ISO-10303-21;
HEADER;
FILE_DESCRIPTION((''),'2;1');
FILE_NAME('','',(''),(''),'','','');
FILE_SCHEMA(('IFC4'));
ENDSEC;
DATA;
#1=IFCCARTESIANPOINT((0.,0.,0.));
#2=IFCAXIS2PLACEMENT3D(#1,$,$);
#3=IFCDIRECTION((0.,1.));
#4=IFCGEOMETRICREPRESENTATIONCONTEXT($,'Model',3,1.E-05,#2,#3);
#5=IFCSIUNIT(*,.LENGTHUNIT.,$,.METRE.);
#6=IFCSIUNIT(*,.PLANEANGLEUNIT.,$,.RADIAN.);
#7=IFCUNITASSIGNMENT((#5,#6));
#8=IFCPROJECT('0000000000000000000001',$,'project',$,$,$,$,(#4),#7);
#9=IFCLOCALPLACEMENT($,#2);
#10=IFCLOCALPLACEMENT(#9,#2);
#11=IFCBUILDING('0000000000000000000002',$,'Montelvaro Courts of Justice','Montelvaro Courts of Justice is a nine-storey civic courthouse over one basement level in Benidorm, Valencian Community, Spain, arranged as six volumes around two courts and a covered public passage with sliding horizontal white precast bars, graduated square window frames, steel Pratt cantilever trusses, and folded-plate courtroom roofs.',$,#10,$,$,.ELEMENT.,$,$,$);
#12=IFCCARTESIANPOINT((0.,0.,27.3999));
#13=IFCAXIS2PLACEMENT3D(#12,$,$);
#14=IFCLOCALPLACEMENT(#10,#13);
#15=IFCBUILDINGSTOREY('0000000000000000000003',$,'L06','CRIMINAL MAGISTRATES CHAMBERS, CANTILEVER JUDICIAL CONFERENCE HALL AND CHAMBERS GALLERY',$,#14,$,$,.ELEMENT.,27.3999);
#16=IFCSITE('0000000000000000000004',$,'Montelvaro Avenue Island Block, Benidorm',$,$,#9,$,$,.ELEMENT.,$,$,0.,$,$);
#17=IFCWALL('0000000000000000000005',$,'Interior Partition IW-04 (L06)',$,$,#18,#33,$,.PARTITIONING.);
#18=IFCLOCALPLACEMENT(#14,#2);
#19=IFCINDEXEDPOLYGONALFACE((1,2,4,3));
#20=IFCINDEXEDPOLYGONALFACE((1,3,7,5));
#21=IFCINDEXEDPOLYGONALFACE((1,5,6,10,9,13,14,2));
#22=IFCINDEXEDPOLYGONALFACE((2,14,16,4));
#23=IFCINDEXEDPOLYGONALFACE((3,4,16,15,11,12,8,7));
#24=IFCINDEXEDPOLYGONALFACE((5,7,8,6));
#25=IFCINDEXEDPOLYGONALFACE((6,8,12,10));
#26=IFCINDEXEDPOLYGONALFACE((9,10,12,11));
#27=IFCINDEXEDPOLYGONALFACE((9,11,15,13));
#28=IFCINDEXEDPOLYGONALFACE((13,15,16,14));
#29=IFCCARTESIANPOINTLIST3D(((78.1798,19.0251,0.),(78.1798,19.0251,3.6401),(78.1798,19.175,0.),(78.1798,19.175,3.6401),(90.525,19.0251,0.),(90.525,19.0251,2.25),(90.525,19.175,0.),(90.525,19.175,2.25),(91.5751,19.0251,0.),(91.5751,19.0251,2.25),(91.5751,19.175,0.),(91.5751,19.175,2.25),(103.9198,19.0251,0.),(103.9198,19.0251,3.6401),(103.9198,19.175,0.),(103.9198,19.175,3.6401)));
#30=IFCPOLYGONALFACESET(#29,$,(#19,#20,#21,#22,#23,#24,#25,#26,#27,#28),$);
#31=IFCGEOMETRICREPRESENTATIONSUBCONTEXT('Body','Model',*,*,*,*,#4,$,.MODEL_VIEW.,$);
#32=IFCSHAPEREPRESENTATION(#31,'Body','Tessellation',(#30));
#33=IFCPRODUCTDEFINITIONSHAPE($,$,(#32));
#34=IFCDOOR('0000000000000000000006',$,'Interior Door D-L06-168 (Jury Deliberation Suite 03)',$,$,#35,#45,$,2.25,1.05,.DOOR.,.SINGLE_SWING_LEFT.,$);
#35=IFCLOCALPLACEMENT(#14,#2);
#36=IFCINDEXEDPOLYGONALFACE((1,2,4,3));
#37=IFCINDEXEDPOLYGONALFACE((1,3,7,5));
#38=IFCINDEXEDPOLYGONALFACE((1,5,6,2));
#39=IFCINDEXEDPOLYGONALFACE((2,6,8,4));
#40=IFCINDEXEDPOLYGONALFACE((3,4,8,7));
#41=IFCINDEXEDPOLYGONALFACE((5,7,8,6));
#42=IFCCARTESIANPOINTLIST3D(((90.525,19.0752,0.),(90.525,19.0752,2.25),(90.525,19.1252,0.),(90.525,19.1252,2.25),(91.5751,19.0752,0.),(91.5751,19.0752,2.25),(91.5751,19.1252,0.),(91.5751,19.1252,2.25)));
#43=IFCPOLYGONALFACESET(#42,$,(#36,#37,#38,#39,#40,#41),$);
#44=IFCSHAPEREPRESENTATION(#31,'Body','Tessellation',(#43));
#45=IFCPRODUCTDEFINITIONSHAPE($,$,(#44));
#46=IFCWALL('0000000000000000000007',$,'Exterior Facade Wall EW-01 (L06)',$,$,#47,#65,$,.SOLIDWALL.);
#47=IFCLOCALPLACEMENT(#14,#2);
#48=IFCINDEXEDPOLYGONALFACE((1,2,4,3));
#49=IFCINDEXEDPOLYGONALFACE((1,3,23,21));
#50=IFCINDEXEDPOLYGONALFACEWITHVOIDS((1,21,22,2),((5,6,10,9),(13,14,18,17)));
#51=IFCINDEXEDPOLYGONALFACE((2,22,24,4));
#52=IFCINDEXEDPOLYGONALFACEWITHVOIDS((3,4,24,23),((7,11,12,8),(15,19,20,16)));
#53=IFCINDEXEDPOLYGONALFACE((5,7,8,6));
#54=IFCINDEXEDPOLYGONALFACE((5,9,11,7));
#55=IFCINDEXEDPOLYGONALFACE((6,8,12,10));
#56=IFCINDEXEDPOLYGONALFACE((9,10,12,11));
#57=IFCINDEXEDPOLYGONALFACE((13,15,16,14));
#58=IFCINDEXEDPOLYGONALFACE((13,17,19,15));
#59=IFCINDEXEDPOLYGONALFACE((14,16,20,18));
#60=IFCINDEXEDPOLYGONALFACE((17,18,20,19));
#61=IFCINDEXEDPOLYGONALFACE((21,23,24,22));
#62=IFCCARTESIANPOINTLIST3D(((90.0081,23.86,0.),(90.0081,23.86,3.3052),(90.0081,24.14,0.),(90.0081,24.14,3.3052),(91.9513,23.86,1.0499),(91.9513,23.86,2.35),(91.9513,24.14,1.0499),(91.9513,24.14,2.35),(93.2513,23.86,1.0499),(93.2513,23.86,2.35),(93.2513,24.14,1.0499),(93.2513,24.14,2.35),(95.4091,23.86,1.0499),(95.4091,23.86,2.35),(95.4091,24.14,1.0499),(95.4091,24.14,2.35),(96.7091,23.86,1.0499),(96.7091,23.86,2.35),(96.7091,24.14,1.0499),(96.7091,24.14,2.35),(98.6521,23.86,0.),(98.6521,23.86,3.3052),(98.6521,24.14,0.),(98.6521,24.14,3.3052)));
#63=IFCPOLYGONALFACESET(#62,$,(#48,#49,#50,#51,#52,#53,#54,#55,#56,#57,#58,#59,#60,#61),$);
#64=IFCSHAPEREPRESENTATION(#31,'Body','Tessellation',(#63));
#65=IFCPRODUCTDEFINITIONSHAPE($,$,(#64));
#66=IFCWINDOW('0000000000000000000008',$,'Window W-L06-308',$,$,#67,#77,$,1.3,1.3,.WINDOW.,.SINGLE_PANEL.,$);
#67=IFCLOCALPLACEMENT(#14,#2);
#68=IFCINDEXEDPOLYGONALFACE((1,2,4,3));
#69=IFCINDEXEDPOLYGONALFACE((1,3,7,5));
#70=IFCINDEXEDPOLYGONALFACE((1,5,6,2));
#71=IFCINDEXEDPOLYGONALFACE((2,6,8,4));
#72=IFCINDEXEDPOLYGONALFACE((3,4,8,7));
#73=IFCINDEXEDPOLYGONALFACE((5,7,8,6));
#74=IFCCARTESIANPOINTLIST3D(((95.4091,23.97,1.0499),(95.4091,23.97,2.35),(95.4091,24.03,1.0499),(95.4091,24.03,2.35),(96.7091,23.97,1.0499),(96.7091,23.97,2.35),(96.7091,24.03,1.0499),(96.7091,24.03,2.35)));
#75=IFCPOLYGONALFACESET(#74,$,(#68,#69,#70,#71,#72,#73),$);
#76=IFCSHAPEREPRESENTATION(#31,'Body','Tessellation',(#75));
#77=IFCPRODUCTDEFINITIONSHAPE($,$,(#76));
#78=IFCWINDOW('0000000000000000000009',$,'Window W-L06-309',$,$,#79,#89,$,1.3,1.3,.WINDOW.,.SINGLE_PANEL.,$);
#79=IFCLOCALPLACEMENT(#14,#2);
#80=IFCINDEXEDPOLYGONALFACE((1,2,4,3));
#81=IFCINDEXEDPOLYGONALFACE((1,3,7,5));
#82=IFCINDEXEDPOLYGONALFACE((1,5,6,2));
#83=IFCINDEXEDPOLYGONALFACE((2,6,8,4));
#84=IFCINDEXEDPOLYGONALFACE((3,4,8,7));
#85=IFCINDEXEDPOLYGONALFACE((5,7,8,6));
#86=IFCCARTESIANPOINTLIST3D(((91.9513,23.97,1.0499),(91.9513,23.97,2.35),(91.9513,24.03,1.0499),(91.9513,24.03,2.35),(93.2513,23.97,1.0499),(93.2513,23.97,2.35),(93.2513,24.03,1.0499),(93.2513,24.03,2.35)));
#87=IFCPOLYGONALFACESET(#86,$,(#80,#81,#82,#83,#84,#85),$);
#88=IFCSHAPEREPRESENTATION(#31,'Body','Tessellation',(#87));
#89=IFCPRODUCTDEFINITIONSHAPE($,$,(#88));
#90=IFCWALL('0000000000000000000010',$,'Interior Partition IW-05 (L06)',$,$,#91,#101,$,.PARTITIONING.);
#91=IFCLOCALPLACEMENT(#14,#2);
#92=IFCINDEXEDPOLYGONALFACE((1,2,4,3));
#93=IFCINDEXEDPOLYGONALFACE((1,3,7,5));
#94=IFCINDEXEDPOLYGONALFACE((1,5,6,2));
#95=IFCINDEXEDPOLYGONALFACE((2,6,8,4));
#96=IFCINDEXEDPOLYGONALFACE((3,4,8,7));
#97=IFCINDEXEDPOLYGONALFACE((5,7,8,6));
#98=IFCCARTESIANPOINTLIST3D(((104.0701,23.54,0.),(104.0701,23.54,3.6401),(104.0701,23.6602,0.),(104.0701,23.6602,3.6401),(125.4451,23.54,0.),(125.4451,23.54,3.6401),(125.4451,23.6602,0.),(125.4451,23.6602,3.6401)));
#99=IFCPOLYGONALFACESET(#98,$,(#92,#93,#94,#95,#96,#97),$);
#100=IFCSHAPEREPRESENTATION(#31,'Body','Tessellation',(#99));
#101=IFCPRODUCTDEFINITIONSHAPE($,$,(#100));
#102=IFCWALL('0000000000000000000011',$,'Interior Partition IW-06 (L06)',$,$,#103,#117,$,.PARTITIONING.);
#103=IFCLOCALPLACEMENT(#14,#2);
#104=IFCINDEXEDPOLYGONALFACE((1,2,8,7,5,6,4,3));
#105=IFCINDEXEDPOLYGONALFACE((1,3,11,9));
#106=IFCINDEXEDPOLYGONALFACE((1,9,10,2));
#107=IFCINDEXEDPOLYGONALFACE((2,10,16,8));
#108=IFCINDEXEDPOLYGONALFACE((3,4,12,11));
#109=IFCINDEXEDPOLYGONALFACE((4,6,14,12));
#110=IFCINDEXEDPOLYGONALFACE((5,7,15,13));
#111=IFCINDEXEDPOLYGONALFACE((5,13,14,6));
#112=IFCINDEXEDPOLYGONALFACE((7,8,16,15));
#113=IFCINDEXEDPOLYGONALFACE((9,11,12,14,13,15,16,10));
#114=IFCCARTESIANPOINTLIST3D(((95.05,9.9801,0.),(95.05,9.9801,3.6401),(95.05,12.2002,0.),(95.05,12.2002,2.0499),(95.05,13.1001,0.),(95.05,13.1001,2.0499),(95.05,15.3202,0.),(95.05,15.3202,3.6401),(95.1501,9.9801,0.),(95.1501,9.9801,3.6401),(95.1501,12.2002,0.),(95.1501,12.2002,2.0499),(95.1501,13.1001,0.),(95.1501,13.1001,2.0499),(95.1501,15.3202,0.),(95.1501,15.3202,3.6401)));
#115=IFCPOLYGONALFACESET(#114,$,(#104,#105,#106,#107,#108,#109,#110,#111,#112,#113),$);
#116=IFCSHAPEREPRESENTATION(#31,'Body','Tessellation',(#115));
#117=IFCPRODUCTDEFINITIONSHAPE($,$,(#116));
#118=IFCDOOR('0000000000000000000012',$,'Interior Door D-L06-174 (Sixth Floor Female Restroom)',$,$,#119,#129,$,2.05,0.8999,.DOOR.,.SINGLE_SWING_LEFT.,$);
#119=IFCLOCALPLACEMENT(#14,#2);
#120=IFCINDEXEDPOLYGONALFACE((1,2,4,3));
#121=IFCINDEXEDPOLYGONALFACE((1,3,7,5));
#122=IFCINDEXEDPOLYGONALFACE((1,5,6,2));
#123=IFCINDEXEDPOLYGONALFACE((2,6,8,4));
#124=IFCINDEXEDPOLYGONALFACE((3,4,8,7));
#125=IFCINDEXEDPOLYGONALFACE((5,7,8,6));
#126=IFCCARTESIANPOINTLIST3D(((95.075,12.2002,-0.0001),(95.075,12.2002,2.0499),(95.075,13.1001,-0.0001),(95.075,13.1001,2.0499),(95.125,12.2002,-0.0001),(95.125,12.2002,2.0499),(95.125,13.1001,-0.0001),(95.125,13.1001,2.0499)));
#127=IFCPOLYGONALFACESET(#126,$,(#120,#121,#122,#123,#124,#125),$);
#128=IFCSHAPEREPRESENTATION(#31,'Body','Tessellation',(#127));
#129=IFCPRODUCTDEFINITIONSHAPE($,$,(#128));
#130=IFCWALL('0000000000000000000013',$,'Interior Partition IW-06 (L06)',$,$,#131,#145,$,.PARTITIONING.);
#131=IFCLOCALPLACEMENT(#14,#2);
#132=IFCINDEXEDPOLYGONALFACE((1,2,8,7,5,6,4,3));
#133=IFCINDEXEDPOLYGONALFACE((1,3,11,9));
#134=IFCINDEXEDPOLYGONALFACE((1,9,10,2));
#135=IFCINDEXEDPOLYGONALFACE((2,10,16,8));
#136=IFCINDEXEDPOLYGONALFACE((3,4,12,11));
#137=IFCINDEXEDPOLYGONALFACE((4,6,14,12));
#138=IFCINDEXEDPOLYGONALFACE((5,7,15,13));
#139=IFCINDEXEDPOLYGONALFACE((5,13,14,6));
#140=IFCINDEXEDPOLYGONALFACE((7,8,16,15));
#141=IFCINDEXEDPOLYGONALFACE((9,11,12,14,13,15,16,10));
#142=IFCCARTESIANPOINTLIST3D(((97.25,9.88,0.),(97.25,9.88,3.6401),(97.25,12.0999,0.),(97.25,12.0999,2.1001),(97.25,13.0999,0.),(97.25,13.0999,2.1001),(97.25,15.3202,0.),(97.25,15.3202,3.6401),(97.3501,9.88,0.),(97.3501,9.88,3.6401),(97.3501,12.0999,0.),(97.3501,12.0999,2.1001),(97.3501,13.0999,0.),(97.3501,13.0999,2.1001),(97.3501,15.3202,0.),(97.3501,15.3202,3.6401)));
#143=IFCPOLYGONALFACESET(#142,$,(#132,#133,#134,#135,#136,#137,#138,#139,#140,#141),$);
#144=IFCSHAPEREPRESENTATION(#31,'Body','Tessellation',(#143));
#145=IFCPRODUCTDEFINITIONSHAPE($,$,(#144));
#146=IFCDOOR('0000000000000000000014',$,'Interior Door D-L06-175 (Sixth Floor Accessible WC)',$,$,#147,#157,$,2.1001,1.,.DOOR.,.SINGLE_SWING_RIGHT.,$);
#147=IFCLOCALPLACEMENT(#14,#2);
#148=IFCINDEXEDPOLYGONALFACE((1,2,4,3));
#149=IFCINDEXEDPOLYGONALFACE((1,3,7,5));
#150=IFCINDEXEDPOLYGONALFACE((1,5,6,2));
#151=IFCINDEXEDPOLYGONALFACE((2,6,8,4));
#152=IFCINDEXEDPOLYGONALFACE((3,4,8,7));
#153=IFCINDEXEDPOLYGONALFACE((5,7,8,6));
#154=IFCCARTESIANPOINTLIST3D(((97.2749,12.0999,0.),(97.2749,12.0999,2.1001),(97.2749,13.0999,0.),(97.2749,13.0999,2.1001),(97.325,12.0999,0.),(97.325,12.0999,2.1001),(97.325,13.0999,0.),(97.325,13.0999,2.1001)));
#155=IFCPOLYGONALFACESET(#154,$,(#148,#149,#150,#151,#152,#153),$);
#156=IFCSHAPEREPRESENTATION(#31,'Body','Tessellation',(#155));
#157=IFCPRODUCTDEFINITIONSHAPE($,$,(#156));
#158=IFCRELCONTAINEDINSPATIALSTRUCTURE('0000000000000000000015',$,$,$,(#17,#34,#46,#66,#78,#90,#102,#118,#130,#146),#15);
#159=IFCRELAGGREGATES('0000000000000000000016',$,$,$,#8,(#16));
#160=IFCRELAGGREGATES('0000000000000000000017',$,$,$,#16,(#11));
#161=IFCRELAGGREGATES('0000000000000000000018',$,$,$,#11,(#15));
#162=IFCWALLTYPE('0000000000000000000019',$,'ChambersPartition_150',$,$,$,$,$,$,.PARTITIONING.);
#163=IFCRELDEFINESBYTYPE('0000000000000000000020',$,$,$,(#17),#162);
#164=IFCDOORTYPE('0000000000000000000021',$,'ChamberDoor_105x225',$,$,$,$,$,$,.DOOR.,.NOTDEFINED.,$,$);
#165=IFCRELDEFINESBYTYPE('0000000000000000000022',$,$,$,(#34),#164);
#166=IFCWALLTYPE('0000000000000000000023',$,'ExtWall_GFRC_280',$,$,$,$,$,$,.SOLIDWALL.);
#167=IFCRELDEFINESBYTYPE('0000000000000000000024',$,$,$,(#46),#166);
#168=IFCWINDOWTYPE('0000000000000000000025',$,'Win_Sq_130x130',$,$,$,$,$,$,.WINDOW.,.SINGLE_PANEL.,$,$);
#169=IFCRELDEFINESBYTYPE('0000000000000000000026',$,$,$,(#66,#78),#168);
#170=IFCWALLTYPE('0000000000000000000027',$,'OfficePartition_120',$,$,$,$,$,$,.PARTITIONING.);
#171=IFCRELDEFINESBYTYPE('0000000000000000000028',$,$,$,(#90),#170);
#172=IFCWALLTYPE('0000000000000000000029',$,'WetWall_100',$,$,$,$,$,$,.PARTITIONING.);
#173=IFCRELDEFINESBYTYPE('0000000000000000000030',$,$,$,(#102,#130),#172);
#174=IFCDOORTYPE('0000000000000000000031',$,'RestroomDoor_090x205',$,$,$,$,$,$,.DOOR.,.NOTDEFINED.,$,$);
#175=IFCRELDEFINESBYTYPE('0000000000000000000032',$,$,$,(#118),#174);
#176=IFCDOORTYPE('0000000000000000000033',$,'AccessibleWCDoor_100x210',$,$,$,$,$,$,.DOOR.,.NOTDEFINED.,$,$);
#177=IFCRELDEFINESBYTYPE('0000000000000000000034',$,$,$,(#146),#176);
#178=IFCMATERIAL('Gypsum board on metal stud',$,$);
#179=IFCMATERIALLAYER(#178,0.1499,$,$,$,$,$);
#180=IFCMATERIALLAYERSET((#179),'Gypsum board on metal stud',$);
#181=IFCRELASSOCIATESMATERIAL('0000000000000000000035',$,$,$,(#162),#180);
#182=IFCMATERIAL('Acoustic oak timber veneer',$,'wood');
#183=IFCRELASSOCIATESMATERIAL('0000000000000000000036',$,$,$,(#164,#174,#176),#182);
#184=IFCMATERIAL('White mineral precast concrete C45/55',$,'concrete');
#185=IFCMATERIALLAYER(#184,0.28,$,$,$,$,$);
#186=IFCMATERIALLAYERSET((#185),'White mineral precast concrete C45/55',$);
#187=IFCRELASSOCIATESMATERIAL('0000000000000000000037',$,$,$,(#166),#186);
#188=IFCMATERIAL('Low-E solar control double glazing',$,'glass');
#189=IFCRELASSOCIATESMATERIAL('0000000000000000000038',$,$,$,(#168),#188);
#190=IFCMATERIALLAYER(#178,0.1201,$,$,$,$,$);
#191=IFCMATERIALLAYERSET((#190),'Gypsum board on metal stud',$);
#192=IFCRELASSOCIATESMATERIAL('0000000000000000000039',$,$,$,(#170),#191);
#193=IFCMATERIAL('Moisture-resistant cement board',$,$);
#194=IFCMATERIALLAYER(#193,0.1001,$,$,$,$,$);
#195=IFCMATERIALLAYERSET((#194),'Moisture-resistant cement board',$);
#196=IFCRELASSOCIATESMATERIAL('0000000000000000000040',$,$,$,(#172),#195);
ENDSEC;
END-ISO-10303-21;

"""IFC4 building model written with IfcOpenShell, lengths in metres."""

from ifc_helpers import new_model, si_unit, direction, frame, frame_2d, origin, place, context, subcontext, project, spatial, rectangle, extrude, material, layer, layer_set, type_object, element, fill, save


model = new_model("IFC4")

# Units and contexts
model_context = context("Model", 3, precision=1e-05, world=origin(), true_north=direction((0.0, 1.0)))
body_context = subcontext(model_context, "Body", "Model", "MODEL_VIEW")
ifc_project = project(units=[si_unit("LENGTHUNIT", "METRE"), si_unit("PLANEANGLEUNIT", "RADIAN")], contexts=[model_context])

# Site, building, storey
site_placement = place(None, origin())
site = spatial("IfcSite", under=ifc_project, at=site_placement, Name="Montelvaro Avenue Island Block, Benidorm", CompositionType="ELEMENT", RefElevation=0.0)
building_placement = place(site_placement, origin())
building = spatial("IfcBuilding", under=site, at=building_placement, Name="Montelvaro Courts of Justice", Description="Montelvaro Courts of Justice is a nine-storey civic courthouse over one basement level in Benidorm, Valencian Community, Spain, arranged as six volumes around two courts and a covered public passage with sliding horizontal white precast bars, graduated square window frames, steel Pratt cantilever trusses, and folded-plate courtroom roofs.", CompositionType="ELEMENT")
storey_placement = place(building_placement, frame((0.0, 0.0, 27.3999)))
storey = spatial("IfcBuildingStorey", under=building, at=storey_placement, Name="L06", Description="CRIMINAL MAGISTRATES CHAMBERS, CANTILEVER JUDICIAL CONFERENCE HALL AND CHAMBERS GALLERY", CompositionType="ELEMENT", Elevation=27.3999)

# Shared definitions
ifc_material_1 = material(Name="White mineral precast concrete C45/55", Category="concrete")

# Shared definitions
ifc_material_2 = material(Name="Gypsum board on metal stud")
ifc_layer_1 = layer(ifc_material_2, 0.1499)
ifc_layer_set_1 = layer_set([ifc_layer_1], Name="Gypsum board on metal stud")
wall_type_1 = type_object("IfcWallType", Name="ChambersPartition_150", PredefinedType="PARTITIONING", material=ifc_layer_set_1)

# Wall, opening, door
wall_1_placement = place(storey_placement, frame((103.9199, 19.1001, 0.0), z_axis=(0.0, 0.0, 1.0), x_axis=(-1.0, 0.0, 0.0)))
wall_1 = element("IfcWall", 1, at=wall_1_placement, inside=storey, type_object=wall_type_1, Name="Interior Partition IW-04 (L06)", PredefinedType="PARTITIONING", context=body_context, shape_type="SweptSolid", body=[
    extrude(rectangle(XDim=25.74, YDim=0.1499, at=frame_2d((12.8701, 0.0))), origin(), (0.0, 0.0, 1.0), 3.6401),
])
opening_1_placement = place(wall_1_placement, frame((12.345, 0.0, 0.0)))
opening_1 = element("IfcOpeningElement", 2, at=opening_1_placement, cuts=wall_1, PredefinedType="OPENING", context=body_context, shape_type="SweptSolid", body=[
    extrude(rectangle(XDim=1.05, YDim=2.25, at=frame_2d((0.5249, 1.125))), frame((0.0, 0.0898, 0.0), z_axis=(0.0, -1.0, 0.0), x_axis=(1.0, 0.0, 0.0)), (0.0, 0.0, 1.0), 0.1797),
])
ifc_material_3 = material(Name="Acoustic oak timber veneer", Category="wood")
door_type_1 = type_object("IfcDoorType", Name="ChamberDoor_105x225", OperationType="NOTDEFINED", PredefinedType="DOOR", material=ifc_material_3)
door_1_placement = place(opening_1_placement, origin())
door_1 = element("IfcDoor", 3, at=door_1_placement, inside=storey, type_object=door_type_1, Name="Interior Door D-L06-168 (Jury Deliberation Suite 03)", OperationType="SINGLE_SWING_LEFT", OverallHeight=2.25, OverallWidth=1.05, PredefinedType="DOOR", context=body_context, shape_type="SweptSolid", body=[
    extrude(rectangle(XDim=1.05, YDim=2.25, at=frame_2d((0.5249, 1.125))), frame((0.0, 0.0249, 0.0), z_axis=(0.0, -1.0, 0.0), x_axis=(1.0, 0.0, 0.0)), (0.0, 0.0, 1.0), 0.05),
])
fill(opening_1, door_1)

# Wall, openings, windows
ifc_layer_2 = layer(ifc_material_1, 0.28)
ifc_layer_set_2 = layer_set([ifc_layer_2], Name="White mineral precast concrete C45/55")
wall_type_2 = type_object("IfcWallType", Name="ExtWall_GFRC_280", PredefinedType="SOLIDWALL", material=ifc_layer_set_2)
wall_2_placement = place(storey_placement, frame((98.6521, 24.0, 0.0), z_axis=(0.0, 0.0, 1.0), x_axis=(-1.0, 0.0, 0.0)))
wall_2 = element("IfcWall", 4, at=wall_2_placement, inside=storey, type_object=wall_type_2, Name="Exterior Facade Wall EW-01 (L06)", PredefinedType="SOLIDWALL", context=body_context, shape_type="SweptSolid", body=[
    extrude(rectangle(XDim=8.644, YDim=0.28, at=frame_2d((4.322, 0.0))), origin(), (0.0, 0.0, 1.0), 3.3052),
])
opening_2_placement = place(wall_2_placement, frame((1.9431, 0.0, 1.05)))
opening_2 = element("IfcOpeningElement", 5, at=opening_2_placement, cuts=wall_2, PredefinedType="OPENING", context=body_context, shape_type="SweptSolid", body=[
    extrude(rectangle(XDim=1.3, YDim=1.3, at=frame_2d((0.6499, 0.6499))), frame((0.0, 0.1548, 0.0), z_axis=(0.0, -1.0, 0.0), x_axis=(1.0, 0.0, 0.0)), (0.0, 0.0, 1.0), 0.3098),
])
opening_3_placement = place(wall_2_placement, frame((5.4009, 0.0, 1.05)))
opening_3 = element("IfcOpeningElement", 6, at=opening_3_placement, cuts=wall_2, PredefinedType="OPENING", context=body_context, shape_type="SweptSolid", body=[
    extrude(rectangle(XDim=1.3, YDim=1.3, at=frame_2d((0.6499, 0.6499))), frame((0.0, 0.1548, 0.0), z_axis=(0.0, -1.0, 0.0), x_axis=(1.0, 0.0, 0.0)), (0.0, 0.0, 1.0), 0.3098),
])
ifc_material_4 = material(Name="Low-E solar control double glazing", Category="glass")
window_type = type_object("IfcWindowType", Name="Win_Sq_130x130", PartitioningType="SINGLE_PANEL", PredefinedType="WINDOW", material=ifc_material_4)
window_1_placement = place(opening_2_placement, origin())
window_1 = element("IfcWindow", 7, at=window_1_placement, inside=storey, type_object=window_type, Name="Window W-L06-308", OverallHeight=1.3, OverallWidth=1.3, PartitioningType="SINGLE_PANEL", PredefinedType="WINDOW", context=body_context, shape_type="SweptSolid", body=[
    extrude(rectangle(XDim=1.3, YDim=1.3, at=frame_2d((0.6499, 0.6499))), frame((0.0, 0.03, 0.0), z_axis=(0.0, -1.0, 0.0), x_axis=(1.0, 0.0, 0.0)), (0.0, 0.0, 1.0), 0.0601),
])
fill(opening_2, window_1)
window_2_placement = place(opening_3_placement, origin())
window_2 = element("IfcWindow", 8, at=window_2_placement, inside=storey, type_object=window_type, Name="Window W-L06-309", OverallHeight=1.3, OverallWidth=1.3, PartitioningType="SINGLE_PANEL", PredefinedType="WINDOW", context=body_context, shape_type="SweptSolid", body=[
    extrude(rectangle(XDim=1.3, YDim=1.3, at=frame_2d((0.6499, 0.6499))), frame((0.0, 0.03, 0.0), z_axis=(0.0, -1.0, 0.0), x_axis=(1.0, 0.0, 0.0)), (0.0, 0.0, 1.0), 0.0601),
])
fill(opening_3, window_2)

# Wall
ifc_layer_3 = layer(ifc_material_2, 0.1201)
ifc_layer_set_3 = layer_set([ifc_layer_3], Name="Gypsum board on metal stud")
wall_type_3 = type_object("IfcWallType", Name="OfficePartition_120", PredefinedType="PARTITIONING", material=ifc_layer_set_3)
wall_3_placement = place(storey_placement, frame((104.0701, 23.6001, 0.0), z_axis=(0.0, 0.0, 1.0), x_axis=(1.0, 0.0, 0.0)))
element("IfcWall", 9, at=wall_3_placement, inside=storey, type_object=wall_type_3, Name="Interior Partition IW-05 (L06)", PredefinedType="PARTITIONING", context=body_context, shape_type="SweptSolid", body=[
    extrude(rectangle(XDim=21.375, YDim=0.1201, at=frame_2d((10.6875, 0.0))), origin(), (0.0, 0.0, 1.0), 3.6401),
])

# Walls, openings, doors
ifc_material_5 = material(Name="Moisture-resistant cement board")
ifc_layer_4 = layer(ifc_material_5, 0.1001)
ifc_layer_set_4 = layer_set([ifc_layer_4], Name="Moisture-resistant cement board")
wall_type_4 = type_object("IfcWallType", Name="WetWall_100", PredefinedType="PARTITIONING", material=ifc_layer_set_4)
wall_4_placement = place(storey_placement, frame((95.1001, 15.3201, 0.0), z_axis=(0.0, 0.0, 1.0), x_axis=(0.0, -1.0, 0.0)))
wall_4 = element("IfcWall", 10, at=wall_4_placement, inside=storey, type_object=wall_type_4, Name="Interior Partition IW-06 (L06)", PredefinedType="PARTITIONING", context=body_context, shape_type="SweptSolid", body=[
    extrude(rectangle(XDim=5.3401, YDim=0.1001, at=frame_2d((2.6699, 0.0))), origin(), (0.0, 0.0, 1.0), 3.6401),
])
opening_4_placement = place(wall_4_placement, frame((2.22, 0.0, 0.0)))
opening_4 = element("IfcOpeningElement", 11, at=opening_4_placement, cuts=wall_4, PredefinedType="OPENING", context=body_context, shape_type="SweptSolid", body=[
    extrude(rectangle(XDim=0.8999, YDim=2.05, at=frame_2d((0.45, 1.0249))), frame((0.0, 0.0649, 0.0), z_axis=(0.0, -1.0, 0.0), x_axis=(1.0, 0.0, 0.0)), (0.0, 0.0, 1.0), 0.1299),
])
door_type_2 = type_object("IfcDoorType", Name="RestroomDoor_090x205", OperationType="NOTDEFINED", PredefinedType="DOOR", material=ifc_material_3)
door_2_placement = place(opening_4_placement, origin())
door_2 = element("IfcDoor", 12, at=door_2_placement, inside=storey, type_object=door_type_2, Name="Interior Door D-L06-174 (Sixth Floor Female Restroom)", OperationType="SINGLE_SWING_LEFT", OverallHeight=2.05, OverallWidth=0.8999, PredefinedType="DOOR", context=body_context, shape_type="SweptSolid", body=[
    extrude(rectangle(XDim=0.8999, YDim=2.05, at=frame_2d((0.45, 1.0249))), frame((0.0, 0.0249, 0.0), z_axis=(0.0, -1.0, 0.0), x_axis=(1.0, 0.0, 0.0)), (0.0, 0.0, 1.0), 0.05),
])
fill(opening_4, door_2)
wall_5_placement = place(storey_placement, frame((97.3, 9.8799, 0.0), z_axis=(0.0, 0.0, 1.0), x_axis=(0.0, 1.0, 0.0)))
wall_5 = element("IfcWall", 13, at=wall_5_placement, inside=storey, type_object=wall_type_4, Name="Interior Partition IW-06 (L06)", PredefinedType="PARTITIONING", context=body_context, shape_type="SweptSolid", body=[
    extrude(rectangle(XDim=5.4402, YDim=0.1001, at=frame_2d((2.7202, 0.0))), origin(), (0.0, 0.0, 1.0), 3.6401),
])
opening_5_placement = place(wall_5_placement, frame((2.22, 0.0, 0.0)))
opening_5 = element("IfcOpeningElement", 14, at=opening_5_placement, cuts=wall_5, PredefinedType="OPENING", context=body_context, shape_type="SweptSolid", body=[
    extrude(rectangle(XDim=1.0, YDim=2.1001, at=frame_2d((0.5, 1.05))), frame((0.0, 0.0649, 0.0), z_axis=(0.0, -1.0, 0.0), x_axis=(1.0, 0.0, 0.0)), (0.0, 0.0, 1.0), 0.1299),
])
door_type_3 = type_object("IfcDoorType", Name="AccessibleWCDoor_100x210", OperationType="NOTDEFINED", PredefinedType="DOOR", material=ifc_material_3)
door_3_placement = place(opening_5_placement, frame((1.0, 0.0, 0.0), z_axis=(0.0, 0.0, 1.0), x_axis=(-1.0, 0.0, 0.0)))
door_3 = element("IfcDoor", 15, at=door_3_placement, inside=storey, type_object=door_type_3, Name="Interior Door D-L06-175 (Sixth Floor Accessible WC)", OperationType="SINGLE_SWING_RIGHT", OverallHeight=2.1001, OverallWidth=1.0, PredefinedType="DOOR", context=body_context, shape_type="SweptSolid", body=[
    extrude(rectangle(XDim=1.0, YDim=2.1001, at=frame_2d((0.5, 1.05))), frame((0.0, 0.0249, 0.0), z_axis=(0.0, -1.0, 0.0), x_axis=(1.0, 0.0, 0.0)), (0.0, 0.0, 1.0), 0.05),
])
fill(opening_5, door_3)

save(model, "model.ifc")
